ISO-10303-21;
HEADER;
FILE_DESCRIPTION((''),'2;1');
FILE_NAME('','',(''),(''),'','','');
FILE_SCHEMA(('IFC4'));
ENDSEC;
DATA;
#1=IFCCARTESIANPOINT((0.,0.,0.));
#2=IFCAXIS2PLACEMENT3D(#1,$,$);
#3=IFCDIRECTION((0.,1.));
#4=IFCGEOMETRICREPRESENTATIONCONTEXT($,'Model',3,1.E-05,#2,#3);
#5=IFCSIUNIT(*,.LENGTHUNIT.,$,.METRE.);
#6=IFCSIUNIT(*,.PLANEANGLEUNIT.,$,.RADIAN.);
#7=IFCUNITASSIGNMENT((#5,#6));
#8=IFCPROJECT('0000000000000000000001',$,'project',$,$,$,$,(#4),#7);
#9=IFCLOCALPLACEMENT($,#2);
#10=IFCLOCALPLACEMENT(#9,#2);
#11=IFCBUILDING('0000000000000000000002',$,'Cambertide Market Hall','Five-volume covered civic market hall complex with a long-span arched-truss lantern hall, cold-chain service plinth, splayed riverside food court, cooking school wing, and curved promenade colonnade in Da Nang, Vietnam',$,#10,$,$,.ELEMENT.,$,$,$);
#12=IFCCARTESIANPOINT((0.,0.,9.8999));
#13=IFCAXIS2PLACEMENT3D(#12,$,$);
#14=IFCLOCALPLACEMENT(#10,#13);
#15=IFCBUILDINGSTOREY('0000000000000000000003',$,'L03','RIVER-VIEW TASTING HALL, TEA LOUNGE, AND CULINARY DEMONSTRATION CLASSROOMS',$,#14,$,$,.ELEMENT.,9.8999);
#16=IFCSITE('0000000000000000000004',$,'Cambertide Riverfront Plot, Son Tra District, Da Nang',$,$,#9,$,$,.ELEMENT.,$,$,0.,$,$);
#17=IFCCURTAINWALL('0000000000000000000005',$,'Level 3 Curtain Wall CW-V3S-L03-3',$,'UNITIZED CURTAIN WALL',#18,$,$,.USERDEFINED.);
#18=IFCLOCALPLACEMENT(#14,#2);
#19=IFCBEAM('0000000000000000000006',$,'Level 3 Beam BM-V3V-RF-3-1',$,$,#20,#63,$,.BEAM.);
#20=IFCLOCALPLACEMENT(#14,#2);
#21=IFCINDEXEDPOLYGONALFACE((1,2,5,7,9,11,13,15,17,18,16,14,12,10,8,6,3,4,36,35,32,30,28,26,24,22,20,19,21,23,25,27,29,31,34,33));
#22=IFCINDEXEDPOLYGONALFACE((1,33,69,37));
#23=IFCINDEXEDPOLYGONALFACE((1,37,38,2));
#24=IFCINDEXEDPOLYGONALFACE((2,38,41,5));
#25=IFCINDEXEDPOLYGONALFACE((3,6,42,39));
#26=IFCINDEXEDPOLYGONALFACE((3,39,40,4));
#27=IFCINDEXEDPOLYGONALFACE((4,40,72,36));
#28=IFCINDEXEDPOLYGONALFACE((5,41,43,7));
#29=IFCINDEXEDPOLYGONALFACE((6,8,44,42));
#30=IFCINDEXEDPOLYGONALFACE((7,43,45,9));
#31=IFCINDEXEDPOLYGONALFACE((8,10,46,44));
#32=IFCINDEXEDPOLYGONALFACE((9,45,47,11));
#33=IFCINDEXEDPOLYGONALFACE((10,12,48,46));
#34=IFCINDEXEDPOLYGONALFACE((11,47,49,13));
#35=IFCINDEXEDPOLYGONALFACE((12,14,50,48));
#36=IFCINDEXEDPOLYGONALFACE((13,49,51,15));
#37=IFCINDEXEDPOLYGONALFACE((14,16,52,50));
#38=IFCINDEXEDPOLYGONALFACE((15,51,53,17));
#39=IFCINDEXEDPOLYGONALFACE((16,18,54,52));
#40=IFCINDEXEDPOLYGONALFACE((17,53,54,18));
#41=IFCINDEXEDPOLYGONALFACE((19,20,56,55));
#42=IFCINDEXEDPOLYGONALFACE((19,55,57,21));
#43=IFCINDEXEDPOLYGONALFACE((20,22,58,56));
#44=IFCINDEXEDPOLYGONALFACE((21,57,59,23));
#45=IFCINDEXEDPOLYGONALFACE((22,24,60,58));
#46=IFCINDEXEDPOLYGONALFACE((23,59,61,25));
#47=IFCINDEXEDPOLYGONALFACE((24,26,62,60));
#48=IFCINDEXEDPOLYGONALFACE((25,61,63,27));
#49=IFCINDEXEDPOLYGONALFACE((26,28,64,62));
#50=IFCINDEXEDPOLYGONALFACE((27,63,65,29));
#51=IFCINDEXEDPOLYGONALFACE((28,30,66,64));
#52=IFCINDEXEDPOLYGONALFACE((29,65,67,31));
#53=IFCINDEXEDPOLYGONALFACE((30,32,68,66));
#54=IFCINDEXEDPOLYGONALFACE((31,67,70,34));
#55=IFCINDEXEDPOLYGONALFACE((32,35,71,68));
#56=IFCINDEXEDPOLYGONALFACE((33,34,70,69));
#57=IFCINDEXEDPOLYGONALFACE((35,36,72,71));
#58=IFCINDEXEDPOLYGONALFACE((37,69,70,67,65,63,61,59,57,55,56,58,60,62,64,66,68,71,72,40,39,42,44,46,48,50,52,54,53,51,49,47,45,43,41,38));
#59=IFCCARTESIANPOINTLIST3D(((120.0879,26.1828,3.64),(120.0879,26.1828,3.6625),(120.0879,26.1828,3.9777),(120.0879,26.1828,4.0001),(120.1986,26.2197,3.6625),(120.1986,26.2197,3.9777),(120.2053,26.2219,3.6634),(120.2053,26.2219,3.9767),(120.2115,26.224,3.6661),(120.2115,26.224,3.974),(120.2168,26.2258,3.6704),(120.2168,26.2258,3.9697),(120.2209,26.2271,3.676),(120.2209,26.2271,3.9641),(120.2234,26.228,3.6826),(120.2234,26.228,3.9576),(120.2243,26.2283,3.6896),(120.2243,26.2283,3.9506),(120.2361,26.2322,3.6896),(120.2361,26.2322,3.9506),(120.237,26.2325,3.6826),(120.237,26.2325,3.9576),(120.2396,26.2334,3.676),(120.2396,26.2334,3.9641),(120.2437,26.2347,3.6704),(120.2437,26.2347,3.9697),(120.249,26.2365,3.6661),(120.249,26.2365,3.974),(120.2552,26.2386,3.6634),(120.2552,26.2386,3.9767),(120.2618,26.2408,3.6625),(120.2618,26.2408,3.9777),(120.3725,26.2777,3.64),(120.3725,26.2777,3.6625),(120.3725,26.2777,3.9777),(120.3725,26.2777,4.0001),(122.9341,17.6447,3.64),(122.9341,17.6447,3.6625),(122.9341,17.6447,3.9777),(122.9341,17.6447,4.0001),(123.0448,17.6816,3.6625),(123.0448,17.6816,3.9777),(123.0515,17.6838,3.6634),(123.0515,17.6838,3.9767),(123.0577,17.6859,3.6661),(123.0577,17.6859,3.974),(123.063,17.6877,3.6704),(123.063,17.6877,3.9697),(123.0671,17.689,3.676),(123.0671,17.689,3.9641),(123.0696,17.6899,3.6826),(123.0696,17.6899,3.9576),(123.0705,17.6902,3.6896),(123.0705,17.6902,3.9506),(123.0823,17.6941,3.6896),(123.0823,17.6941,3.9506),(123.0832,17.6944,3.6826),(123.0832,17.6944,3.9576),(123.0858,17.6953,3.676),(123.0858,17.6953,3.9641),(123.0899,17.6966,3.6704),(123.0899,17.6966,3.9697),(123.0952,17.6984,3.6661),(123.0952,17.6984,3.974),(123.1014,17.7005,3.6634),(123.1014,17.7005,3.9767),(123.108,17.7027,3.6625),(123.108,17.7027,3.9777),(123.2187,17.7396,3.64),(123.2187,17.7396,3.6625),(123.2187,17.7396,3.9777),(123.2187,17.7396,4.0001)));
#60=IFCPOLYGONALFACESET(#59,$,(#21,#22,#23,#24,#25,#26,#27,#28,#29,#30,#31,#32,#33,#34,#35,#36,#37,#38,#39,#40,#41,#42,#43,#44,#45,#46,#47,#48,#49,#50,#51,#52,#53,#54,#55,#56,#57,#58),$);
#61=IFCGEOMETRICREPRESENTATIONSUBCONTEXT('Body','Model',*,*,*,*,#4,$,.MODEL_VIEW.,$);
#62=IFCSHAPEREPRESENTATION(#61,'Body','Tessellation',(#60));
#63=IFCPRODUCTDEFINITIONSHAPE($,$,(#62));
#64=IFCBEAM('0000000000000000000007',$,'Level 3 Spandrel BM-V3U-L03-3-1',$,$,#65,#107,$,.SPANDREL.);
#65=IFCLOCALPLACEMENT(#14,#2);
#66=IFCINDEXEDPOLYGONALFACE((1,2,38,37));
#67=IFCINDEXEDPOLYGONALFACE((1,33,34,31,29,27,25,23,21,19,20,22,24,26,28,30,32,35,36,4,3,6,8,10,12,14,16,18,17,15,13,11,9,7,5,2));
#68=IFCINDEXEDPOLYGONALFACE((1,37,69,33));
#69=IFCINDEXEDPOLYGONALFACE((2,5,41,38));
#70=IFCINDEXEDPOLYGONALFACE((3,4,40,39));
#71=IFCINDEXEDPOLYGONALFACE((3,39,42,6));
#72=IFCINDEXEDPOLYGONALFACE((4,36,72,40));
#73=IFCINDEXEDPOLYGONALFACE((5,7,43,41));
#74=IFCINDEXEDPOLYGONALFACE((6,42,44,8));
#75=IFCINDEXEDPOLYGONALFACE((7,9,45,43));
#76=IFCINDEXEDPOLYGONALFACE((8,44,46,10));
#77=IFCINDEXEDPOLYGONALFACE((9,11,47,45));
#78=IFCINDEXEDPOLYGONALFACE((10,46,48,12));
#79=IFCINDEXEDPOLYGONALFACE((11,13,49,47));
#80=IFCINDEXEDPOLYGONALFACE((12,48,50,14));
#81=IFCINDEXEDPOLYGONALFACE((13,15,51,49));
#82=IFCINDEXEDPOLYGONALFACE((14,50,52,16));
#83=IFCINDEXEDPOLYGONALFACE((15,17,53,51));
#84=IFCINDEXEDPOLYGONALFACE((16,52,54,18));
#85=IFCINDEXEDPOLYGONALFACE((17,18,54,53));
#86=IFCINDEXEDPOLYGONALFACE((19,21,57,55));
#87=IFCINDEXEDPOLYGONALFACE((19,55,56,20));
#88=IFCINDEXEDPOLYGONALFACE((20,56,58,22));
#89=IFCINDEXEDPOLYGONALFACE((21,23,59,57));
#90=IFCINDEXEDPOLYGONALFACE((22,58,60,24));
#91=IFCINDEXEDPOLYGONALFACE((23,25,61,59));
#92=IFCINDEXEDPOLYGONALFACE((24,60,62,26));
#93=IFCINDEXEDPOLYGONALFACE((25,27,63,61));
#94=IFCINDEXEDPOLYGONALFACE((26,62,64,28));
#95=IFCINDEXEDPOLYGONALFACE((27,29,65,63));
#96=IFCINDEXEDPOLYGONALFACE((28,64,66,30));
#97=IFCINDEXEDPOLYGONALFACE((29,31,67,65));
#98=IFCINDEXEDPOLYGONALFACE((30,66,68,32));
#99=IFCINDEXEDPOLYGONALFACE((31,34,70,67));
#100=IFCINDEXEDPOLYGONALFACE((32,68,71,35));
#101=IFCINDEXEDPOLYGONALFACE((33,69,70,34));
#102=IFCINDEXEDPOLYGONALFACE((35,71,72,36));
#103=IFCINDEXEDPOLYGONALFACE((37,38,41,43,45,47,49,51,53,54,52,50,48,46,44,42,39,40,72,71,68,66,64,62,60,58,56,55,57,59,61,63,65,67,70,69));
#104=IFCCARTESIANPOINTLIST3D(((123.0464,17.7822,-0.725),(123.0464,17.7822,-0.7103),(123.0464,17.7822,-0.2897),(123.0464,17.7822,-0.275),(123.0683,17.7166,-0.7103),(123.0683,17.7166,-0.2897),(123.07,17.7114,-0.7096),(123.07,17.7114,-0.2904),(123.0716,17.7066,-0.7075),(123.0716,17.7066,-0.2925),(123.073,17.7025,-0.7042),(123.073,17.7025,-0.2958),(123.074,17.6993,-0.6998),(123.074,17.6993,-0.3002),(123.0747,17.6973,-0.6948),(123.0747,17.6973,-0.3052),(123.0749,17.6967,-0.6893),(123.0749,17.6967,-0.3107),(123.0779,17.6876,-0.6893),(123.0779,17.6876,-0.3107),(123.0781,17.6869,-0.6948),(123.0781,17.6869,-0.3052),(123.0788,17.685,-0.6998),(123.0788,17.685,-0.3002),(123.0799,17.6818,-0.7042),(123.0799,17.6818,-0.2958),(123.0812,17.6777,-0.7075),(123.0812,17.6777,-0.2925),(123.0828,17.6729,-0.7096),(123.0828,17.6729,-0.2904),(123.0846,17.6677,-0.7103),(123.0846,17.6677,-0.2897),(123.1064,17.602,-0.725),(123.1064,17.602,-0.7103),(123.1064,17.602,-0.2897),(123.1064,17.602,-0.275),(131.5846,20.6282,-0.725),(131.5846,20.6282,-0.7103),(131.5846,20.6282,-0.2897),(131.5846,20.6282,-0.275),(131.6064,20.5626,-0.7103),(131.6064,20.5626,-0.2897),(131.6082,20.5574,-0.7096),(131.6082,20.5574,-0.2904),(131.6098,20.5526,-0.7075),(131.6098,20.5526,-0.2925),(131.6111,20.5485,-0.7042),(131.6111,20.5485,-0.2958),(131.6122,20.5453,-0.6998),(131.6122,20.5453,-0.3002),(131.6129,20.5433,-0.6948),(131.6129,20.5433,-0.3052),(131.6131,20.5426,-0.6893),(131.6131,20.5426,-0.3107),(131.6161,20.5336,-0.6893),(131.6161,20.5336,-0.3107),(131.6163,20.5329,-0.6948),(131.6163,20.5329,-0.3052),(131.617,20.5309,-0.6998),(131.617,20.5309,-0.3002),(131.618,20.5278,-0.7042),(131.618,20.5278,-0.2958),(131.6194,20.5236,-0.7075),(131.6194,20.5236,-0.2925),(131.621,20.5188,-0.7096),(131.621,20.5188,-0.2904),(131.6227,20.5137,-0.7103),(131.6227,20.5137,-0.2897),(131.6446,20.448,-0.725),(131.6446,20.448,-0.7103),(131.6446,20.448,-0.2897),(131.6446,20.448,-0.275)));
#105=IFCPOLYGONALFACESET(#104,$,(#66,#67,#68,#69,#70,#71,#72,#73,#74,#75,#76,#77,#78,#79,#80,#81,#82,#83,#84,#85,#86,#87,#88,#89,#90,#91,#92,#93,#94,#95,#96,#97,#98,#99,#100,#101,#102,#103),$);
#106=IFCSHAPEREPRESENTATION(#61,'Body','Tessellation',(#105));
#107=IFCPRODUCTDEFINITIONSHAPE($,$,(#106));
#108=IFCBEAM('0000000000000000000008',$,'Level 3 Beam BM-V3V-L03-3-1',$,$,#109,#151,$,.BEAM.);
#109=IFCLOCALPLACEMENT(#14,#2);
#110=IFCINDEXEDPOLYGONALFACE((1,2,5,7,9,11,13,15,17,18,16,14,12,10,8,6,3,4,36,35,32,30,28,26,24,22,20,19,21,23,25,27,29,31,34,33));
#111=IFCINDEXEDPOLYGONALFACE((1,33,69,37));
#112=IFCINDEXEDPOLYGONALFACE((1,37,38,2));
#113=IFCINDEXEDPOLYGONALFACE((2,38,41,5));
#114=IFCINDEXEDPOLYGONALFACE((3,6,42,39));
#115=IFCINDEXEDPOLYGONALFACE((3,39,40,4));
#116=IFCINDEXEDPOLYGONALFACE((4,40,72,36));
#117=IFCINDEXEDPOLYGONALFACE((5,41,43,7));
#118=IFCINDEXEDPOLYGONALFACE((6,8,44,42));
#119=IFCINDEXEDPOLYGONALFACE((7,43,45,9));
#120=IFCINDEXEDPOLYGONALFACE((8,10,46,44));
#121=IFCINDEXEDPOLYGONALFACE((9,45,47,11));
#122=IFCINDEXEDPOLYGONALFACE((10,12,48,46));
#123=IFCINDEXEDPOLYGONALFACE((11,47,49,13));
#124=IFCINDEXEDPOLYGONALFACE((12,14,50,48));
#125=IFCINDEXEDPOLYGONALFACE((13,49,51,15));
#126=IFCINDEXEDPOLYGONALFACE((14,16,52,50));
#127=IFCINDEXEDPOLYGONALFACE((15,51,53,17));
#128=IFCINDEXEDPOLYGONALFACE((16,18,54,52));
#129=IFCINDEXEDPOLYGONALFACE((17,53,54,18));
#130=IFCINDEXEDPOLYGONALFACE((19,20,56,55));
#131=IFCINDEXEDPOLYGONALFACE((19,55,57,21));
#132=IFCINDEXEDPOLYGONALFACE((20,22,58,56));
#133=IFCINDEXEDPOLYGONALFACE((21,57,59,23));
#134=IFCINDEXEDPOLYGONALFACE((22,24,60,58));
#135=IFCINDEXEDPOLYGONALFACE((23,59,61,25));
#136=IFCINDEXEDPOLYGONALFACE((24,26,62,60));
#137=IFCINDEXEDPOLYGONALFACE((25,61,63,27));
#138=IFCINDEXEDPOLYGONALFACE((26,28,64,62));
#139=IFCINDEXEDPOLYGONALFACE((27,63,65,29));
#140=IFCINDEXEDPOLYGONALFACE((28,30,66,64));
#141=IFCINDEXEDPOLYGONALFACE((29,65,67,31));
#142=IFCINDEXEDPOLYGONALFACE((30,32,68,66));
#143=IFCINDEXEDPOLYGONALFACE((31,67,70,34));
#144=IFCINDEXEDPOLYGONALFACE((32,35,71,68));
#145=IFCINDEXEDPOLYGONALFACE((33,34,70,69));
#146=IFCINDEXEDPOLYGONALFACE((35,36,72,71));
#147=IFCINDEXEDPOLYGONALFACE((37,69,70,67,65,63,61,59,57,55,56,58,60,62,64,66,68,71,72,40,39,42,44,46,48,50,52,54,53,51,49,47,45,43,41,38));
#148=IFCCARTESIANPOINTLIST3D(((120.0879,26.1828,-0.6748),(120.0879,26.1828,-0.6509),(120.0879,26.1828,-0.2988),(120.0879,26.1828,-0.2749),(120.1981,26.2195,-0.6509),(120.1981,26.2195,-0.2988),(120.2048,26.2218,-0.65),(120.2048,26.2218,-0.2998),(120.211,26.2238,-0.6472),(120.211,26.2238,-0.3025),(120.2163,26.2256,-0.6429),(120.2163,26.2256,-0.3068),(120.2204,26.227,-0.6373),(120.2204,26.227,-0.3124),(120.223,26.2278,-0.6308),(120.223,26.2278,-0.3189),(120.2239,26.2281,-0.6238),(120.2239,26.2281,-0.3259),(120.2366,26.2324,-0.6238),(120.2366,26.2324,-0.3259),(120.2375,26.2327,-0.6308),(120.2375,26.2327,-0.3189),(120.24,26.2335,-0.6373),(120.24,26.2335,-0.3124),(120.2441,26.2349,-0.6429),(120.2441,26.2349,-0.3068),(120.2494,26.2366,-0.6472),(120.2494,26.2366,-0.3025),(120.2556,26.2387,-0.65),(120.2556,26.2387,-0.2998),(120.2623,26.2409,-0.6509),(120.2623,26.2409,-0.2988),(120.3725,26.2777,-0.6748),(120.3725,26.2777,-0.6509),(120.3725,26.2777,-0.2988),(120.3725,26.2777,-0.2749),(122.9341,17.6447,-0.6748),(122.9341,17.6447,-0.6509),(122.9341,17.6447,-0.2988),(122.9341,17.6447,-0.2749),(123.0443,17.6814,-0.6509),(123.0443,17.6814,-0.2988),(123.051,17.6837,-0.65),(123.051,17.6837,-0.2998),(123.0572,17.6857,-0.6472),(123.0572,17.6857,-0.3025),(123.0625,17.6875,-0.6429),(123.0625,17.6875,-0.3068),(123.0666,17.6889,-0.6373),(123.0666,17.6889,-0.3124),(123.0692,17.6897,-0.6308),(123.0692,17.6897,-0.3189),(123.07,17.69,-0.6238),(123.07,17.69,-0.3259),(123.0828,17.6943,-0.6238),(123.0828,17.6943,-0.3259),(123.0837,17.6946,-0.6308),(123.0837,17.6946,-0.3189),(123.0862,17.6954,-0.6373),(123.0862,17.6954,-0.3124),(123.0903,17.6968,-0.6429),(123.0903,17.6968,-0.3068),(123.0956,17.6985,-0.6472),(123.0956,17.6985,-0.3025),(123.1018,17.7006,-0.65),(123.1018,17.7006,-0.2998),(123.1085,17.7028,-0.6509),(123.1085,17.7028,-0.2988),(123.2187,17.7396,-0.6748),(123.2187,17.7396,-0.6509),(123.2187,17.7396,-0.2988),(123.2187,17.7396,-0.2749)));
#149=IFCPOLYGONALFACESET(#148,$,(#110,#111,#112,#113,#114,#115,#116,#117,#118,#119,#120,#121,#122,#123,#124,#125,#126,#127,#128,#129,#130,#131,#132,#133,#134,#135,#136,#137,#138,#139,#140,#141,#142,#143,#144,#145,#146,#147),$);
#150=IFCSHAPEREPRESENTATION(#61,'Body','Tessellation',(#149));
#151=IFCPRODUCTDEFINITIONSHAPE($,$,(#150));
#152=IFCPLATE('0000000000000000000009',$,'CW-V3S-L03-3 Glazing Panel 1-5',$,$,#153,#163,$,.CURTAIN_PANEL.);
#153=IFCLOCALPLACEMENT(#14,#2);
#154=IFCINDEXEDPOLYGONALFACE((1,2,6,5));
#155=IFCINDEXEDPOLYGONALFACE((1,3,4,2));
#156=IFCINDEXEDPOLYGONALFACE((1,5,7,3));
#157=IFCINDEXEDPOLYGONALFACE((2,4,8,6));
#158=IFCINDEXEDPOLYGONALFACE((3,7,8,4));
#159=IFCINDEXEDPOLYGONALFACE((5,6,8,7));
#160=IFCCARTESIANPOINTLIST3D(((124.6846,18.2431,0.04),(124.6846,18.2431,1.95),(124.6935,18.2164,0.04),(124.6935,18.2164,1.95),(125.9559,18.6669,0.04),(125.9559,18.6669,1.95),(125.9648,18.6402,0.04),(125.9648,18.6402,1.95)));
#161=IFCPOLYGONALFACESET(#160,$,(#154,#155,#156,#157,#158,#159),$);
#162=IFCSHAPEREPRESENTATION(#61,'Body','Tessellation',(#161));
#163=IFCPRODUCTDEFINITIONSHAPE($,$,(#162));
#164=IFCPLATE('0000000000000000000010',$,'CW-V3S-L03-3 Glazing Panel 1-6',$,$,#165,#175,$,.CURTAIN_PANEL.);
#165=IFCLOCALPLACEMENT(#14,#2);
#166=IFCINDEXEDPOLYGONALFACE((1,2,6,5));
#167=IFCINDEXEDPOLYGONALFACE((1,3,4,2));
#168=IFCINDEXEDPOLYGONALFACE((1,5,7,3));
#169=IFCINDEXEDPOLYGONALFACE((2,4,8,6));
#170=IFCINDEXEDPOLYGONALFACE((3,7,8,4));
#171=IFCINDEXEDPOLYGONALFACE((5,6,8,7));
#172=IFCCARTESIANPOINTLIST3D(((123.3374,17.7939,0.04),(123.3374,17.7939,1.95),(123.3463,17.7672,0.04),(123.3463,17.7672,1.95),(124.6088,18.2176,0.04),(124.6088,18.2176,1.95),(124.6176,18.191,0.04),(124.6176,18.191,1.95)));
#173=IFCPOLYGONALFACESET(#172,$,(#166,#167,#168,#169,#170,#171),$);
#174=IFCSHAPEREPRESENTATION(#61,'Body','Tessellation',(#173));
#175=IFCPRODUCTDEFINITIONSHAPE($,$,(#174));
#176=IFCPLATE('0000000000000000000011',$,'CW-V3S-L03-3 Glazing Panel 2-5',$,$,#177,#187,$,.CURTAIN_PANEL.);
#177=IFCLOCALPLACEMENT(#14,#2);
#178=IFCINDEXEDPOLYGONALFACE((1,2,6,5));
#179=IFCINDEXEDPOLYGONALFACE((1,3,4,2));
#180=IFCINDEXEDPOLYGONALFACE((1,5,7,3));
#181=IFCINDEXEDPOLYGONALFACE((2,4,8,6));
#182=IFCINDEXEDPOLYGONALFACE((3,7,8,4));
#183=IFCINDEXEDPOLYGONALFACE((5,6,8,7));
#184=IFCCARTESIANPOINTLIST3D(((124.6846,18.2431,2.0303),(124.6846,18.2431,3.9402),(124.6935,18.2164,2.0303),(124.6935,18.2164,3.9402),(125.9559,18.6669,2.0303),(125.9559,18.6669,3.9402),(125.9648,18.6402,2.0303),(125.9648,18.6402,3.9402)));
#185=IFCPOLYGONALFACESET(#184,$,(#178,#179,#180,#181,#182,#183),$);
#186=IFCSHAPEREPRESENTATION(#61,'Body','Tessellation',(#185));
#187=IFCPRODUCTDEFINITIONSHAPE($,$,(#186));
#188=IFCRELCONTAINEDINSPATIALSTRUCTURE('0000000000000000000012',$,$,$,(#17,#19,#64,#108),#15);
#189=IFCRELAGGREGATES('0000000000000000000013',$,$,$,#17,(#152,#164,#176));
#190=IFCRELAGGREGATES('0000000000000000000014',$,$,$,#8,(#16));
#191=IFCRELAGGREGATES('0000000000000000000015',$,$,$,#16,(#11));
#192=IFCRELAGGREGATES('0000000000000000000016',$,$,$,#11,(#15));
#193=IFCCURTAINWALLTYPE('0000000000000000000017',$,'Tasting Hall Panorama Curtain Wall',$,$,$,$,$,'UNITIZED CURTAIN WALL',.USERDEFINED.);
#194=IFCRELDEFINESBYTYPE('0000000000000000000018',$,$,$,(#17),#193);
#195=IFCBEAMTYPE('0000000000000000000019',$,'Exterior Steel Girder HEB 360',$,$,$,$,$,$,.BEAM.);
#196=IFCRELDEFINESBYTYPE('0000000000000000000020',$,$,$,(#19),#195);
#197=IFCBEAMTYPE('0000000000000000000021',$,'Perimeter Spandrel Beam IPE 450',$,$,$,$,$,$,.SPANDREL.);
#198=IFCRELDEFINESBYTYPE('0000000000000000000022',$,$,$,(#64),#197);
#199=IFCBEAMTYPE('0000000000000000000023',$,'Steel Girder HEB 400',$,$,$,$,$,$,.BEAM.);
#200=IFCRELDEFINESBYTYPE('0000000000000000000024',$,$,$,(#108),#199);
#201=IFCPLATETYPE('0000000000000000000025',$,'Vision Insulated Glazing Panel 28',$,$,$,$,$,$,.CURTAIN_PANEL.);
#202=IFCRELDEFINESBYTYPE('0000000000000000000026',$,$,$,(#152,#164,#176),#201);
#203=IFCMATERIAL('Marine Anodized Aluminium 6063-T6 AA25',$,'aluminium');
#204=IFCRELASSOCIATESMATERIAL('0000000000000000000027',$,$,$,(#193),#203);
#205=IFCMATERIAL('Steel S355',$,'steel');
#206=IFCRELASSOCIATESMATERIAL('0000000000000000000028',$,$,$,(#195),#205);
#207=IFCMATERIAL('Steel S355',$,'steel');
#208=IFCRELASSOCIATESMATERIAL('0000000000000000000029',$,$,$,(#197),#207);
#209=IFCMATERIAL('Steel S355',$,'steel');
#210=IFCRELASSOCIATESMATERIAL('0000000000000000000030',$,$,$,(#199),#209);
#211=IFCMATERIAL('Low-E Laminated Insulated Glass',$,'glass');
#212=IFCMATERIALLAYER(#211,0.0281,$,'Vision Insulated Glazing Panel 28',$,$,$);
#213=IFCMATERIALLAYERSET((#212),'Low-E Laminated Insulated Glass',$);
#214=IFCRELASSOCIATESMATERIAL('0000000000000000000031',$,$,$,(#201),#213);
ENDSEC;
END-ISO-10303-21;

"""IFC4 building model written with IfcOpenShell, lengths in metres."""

from ifc_helpers import new_model, si_unit, direction, frame, origin, origin_2d, place, context, subcontext, project, spatial, rectangle, i_section, extrude, material, layer, layer_set, material_profile, profile_set, type_object, element, aggregate, save


model = new_model("IFC4")

# Units and contexts
model_context = context("Model", 3, precision=1e-05, world=origin(), true_north=direction((0.0, 1.0)))
body_context = subcontext(model_context, "Body", "Model", "MODEL_VIEW")
ifc_project = project(units=[si_unit("LENGTHUNIT", "METRE"), si_unit("PLANEANGLEUNIT", "RADIAN")], contexts=[model_context])

# Site, building, storey
site_placement = place(None, origin())
site = spatial("IfcSite", under=ifc_project, at=site_placement, Name="Cambertide Riverfront Plot, Son Tra District, Da Nang", CompositionType="ELEMENT", RefElevation=0.0)
building_placement = place(site_placement, origin())
building = spatial("IfcBuilding", under=site, at=building_placement, Name="Cambertide Market Hall", Description="Five-volume covered civic market hall complex with a long-span arched-truss lantern hall, cold-chain service plinth, splayed riverside food court, cooking school wing, and curved promenade colonnade in Da Nang, Vietnam", CompositionType="ELEMENT")
storey_placement = place(building_placement, frame((0.0, 0.0, 9.8999)))
storey = spatial("IfcBuildingStorey", under=building, at=storey_placement, Name="L03", Description="RIVER-VIEW TASTING HALL, TEA LOUNGE, AND CULINARY DEMONSTRATION CLASSROOMS", CompositionType="ELEMENT", Elevation=9.8999)

# Curtain wall
ifc_material_1 = material(Name="Marine Anodized Aluminium 6063-T6 AA25", Category="aluminium")
curtain_wall_type = type_object("IfcCurtainWallType", Name="Tasting Hall Panorama Curtain Wall", ElementType="UNITIZED CURTAIN WALL", PredefinedType="USERDEFINED", material=ifc_material_1)
curtain_wall_placement = place(storey_placement, origin())
curtain_wall = element("IfcCurtainWall", 1, at=curtain_wall_placement, inside=storey, type_object=curtain_wall_type, Name="Level 3 Curtain Wall CW-V3S-L03-3", ObjectType="UNITIZED CURTAIN WALL", PredefinedType="USERDEFINED")

# Beams
ifc_material_2 = material(Name="Steel S355", Category="steel")
ifc_material_profile_1 = material_profile(ifc_material_2, i_section(OverallWidth=0.3, OverallDepth=0.3601, WebThickness=0.0125, FlangeThickness=0.0225, FilletRadius=0.0271, at=origin_2d()), Name="HEB 360")
ifc_profile_set_1 = profile_set([ifc_material_profile_1], Name="Steel S355")
beam_type_1 = type_object("IfcBeamType", Name="Exterior Steel Girder HEB 360", PredefinedType="BEAM", material=ifc_profile_set_1)
for number, where, z_axis, x_axis, name in (
    (2, (123.0764, 17.6921, 3.8201), (-0.316244, 0.948678, 0.0), (-0.948678, -0.316244, 0.0), "Level 3 Beam BM-V3V-RF-3-1"),
):
    element("IfcBeam", number, at=place(storey_placement, frame(where, z_axis=z_axis, x_axis=x_axis)), inside=storey, type_object=beam_type_1, Name=name, PredefinedType="BEAM", context=body_context, shape_type="SweptSolid", body=[
        extrude(i_section(OverallWidth=0.3, OverallDepth=0.3601, WebThickness=0.0125, FlangeThickness=0.0225, FilletRadius=0.0271, at=origin_2d()), origin(), (0.0, 0.0, 1.0), 9.0),
    ])
ifc_material_3 = material(Name="Steel S355", Category="steel")
ifc_material_profile_2 = material_profile(ifc_material_3, i_section(OverallWidth=0.1899, OverallDepth=0.45, WebThickness=0.0095, FlangeThickness=0.0146, FilletRadius=0.021, at=origin_2d()), Name="IPE 450")
ifc_profile_set_2 = profile_set([ifc_material_profile_2], Name="Steel S355")
beam_type_2 = type_object("IfcBeamType", Name="Perimeter Spandrel Beam IPE 450", PredefinedType="SPANDREL", material=ifc_profile_set_2)
beam_1_placement = place(storey_placement, frame((123.0764, 17.6921, -0.5), z_axis=(0.948686, 0.31622, 0.0), x_axis=(-0.31622, 0.948686, 0.0)))
element("IfcBeam", 3, at=beam_1_placement, inside=storey, type_object=beam_type_2, Name="Level 3 Spandrel BM-V3U-L03-3-1", PredefinedType="SPANDREL", context=body_context, shape_type="SweptSolid", body=[
    extrude(i_section(OverallWidth=0.1899, OverallDepth=0.45, WebThickness=0.0095, FlangeThickness=0.0146, FilletRadius=0.021, at=origin_2d()), origin(), (0.0, 0.0, 1.0), 9.0),
])
ifc_material_4 = material(Name="Steel S355", Category="steel")
ifc_material_profile_3 = material_profile(ifc_material_4, i_section(OverallWidth=0.3, OverallDepth=0.3999, WebThickness=0.0134, FlangeThickness=0.0239, FilletRadius=0.0271, at=origin_2d()), Name="HEB 400")
ifc_profile_set_3 = profile_set([ifc_material_profile_3], Name="Steel S355")
beam_type_3 = type_object("IfcBeamType", Name="Steel Girder HEB 400", PredefinedType="BEAM", material=ifc_profile_set_3)
beam_2_placement = place(storey_placement, frame((123.0764, 17.6921, -0.4749), z_axis=(-0.316244, 0.948678, 0.0), x_axis=(-0.948678, -0.316244, 0.0)))
element("IfcBeam", 4, at=beam_2_placement, inside=storey, type_object=beam_type_3, Name="Level 3 Beam BM-V3V-L03-3-1", PredefinedType="BEAM", context=body_context, shape_type="SweptSolid", body=[
    extrude(i_section(OverallWidth=0.3, OverallDepth=0.3999, WebThickness=0.0134, FlangeThickness=0.0239, FilletRadius=0.0271, at=origin_2d()), origin(), (0.0, 0.0, 1.0), 9.0),
])

# Plates
ifc_material_5 = material(Name="Low-E Laminated Insulated Glass", Category="glass")
ifc_layer_1 = layer(ifc_material_5, 0.0281, Name="Vision Insulated Glazing Panel 28")
ifc_layer_set_1 = layer_set([ifc_layer_1], Name="Low-E Laminated Insulated Glass")
plate_type = type_object("IfcPlateType", Name="Vision Insulated Glazing Panel 28", PredefinedType="CURTAIN_PANEL", material=ifc_layer_set_1)
plate_1_placement = place(storey_placement, frame((125.3247, 18.4417, 0.04), z_axis=(0.0, 0.0, 1.0), x_axis=(-0.948683, -0.316228, 0.0)))
plate_1 = element("IfcPlate", 5, at=plate_1_placement, type_object=plate_type, Name="CW-V3S-L03-3 Glazing Panel 1-5", PredefinedType="CURTAIN_PANEL", context=body_context, shape_type="SweptSolid", body=[
    extrude(rectangle(XDim=1.3401, YDim=0.0281, at=origin_2d()), origin(), (0.0, 0.0, 1.0), 1.9099),
])
plate_2_placement = place(storey_placement, frame((123.9775, 17.9924, 0.04), z_axis=(0.0, 0.0, 1.0), x_axis=(-0.948683, -0.316228, 0.0)))
plate_2 = element("IfcPlate", 6, at=plate_2_placement, type_object=plate_type, Name="CW-V3S-L03-3 Glazing Panel 1-6", PredefinedType="CURTAIN_PANEL", context=body_context, shape_type="SweptSolid", body=[
    extrude(rectangle(XDim=1.3401, YDim=0.0281, at=origin_2d()), origin(), (0.0, 0.0, 1.0), 1.9099),
])
plate_3_placement = place(storey_placement, frame((125.3247, 18.4417, 2.0303), z_axis=(0.0, 0.0, 1.0), x_axis=(-0.948683, -0.316228, 0.0)))
plate_3 = element("IfcPlate", 7, at=plate_3_placement, type_object=plate_type, Name="CW-V3S-L03-3 Glazing Panel 2-5", PredefinedType="CURTAIN_PANEL", context=body_context, shape_type="SweptSolid", body=[
    extrude(rectangle(XDim=1.3401, YDim=0.0281, at=origin_2d()), origin(), (0.0, 0.0, 1.0), 1.9099),
])
aggregate(curtain_wall, [plate_1, plate_2, plate_3])

save(model, "model.ifc")
